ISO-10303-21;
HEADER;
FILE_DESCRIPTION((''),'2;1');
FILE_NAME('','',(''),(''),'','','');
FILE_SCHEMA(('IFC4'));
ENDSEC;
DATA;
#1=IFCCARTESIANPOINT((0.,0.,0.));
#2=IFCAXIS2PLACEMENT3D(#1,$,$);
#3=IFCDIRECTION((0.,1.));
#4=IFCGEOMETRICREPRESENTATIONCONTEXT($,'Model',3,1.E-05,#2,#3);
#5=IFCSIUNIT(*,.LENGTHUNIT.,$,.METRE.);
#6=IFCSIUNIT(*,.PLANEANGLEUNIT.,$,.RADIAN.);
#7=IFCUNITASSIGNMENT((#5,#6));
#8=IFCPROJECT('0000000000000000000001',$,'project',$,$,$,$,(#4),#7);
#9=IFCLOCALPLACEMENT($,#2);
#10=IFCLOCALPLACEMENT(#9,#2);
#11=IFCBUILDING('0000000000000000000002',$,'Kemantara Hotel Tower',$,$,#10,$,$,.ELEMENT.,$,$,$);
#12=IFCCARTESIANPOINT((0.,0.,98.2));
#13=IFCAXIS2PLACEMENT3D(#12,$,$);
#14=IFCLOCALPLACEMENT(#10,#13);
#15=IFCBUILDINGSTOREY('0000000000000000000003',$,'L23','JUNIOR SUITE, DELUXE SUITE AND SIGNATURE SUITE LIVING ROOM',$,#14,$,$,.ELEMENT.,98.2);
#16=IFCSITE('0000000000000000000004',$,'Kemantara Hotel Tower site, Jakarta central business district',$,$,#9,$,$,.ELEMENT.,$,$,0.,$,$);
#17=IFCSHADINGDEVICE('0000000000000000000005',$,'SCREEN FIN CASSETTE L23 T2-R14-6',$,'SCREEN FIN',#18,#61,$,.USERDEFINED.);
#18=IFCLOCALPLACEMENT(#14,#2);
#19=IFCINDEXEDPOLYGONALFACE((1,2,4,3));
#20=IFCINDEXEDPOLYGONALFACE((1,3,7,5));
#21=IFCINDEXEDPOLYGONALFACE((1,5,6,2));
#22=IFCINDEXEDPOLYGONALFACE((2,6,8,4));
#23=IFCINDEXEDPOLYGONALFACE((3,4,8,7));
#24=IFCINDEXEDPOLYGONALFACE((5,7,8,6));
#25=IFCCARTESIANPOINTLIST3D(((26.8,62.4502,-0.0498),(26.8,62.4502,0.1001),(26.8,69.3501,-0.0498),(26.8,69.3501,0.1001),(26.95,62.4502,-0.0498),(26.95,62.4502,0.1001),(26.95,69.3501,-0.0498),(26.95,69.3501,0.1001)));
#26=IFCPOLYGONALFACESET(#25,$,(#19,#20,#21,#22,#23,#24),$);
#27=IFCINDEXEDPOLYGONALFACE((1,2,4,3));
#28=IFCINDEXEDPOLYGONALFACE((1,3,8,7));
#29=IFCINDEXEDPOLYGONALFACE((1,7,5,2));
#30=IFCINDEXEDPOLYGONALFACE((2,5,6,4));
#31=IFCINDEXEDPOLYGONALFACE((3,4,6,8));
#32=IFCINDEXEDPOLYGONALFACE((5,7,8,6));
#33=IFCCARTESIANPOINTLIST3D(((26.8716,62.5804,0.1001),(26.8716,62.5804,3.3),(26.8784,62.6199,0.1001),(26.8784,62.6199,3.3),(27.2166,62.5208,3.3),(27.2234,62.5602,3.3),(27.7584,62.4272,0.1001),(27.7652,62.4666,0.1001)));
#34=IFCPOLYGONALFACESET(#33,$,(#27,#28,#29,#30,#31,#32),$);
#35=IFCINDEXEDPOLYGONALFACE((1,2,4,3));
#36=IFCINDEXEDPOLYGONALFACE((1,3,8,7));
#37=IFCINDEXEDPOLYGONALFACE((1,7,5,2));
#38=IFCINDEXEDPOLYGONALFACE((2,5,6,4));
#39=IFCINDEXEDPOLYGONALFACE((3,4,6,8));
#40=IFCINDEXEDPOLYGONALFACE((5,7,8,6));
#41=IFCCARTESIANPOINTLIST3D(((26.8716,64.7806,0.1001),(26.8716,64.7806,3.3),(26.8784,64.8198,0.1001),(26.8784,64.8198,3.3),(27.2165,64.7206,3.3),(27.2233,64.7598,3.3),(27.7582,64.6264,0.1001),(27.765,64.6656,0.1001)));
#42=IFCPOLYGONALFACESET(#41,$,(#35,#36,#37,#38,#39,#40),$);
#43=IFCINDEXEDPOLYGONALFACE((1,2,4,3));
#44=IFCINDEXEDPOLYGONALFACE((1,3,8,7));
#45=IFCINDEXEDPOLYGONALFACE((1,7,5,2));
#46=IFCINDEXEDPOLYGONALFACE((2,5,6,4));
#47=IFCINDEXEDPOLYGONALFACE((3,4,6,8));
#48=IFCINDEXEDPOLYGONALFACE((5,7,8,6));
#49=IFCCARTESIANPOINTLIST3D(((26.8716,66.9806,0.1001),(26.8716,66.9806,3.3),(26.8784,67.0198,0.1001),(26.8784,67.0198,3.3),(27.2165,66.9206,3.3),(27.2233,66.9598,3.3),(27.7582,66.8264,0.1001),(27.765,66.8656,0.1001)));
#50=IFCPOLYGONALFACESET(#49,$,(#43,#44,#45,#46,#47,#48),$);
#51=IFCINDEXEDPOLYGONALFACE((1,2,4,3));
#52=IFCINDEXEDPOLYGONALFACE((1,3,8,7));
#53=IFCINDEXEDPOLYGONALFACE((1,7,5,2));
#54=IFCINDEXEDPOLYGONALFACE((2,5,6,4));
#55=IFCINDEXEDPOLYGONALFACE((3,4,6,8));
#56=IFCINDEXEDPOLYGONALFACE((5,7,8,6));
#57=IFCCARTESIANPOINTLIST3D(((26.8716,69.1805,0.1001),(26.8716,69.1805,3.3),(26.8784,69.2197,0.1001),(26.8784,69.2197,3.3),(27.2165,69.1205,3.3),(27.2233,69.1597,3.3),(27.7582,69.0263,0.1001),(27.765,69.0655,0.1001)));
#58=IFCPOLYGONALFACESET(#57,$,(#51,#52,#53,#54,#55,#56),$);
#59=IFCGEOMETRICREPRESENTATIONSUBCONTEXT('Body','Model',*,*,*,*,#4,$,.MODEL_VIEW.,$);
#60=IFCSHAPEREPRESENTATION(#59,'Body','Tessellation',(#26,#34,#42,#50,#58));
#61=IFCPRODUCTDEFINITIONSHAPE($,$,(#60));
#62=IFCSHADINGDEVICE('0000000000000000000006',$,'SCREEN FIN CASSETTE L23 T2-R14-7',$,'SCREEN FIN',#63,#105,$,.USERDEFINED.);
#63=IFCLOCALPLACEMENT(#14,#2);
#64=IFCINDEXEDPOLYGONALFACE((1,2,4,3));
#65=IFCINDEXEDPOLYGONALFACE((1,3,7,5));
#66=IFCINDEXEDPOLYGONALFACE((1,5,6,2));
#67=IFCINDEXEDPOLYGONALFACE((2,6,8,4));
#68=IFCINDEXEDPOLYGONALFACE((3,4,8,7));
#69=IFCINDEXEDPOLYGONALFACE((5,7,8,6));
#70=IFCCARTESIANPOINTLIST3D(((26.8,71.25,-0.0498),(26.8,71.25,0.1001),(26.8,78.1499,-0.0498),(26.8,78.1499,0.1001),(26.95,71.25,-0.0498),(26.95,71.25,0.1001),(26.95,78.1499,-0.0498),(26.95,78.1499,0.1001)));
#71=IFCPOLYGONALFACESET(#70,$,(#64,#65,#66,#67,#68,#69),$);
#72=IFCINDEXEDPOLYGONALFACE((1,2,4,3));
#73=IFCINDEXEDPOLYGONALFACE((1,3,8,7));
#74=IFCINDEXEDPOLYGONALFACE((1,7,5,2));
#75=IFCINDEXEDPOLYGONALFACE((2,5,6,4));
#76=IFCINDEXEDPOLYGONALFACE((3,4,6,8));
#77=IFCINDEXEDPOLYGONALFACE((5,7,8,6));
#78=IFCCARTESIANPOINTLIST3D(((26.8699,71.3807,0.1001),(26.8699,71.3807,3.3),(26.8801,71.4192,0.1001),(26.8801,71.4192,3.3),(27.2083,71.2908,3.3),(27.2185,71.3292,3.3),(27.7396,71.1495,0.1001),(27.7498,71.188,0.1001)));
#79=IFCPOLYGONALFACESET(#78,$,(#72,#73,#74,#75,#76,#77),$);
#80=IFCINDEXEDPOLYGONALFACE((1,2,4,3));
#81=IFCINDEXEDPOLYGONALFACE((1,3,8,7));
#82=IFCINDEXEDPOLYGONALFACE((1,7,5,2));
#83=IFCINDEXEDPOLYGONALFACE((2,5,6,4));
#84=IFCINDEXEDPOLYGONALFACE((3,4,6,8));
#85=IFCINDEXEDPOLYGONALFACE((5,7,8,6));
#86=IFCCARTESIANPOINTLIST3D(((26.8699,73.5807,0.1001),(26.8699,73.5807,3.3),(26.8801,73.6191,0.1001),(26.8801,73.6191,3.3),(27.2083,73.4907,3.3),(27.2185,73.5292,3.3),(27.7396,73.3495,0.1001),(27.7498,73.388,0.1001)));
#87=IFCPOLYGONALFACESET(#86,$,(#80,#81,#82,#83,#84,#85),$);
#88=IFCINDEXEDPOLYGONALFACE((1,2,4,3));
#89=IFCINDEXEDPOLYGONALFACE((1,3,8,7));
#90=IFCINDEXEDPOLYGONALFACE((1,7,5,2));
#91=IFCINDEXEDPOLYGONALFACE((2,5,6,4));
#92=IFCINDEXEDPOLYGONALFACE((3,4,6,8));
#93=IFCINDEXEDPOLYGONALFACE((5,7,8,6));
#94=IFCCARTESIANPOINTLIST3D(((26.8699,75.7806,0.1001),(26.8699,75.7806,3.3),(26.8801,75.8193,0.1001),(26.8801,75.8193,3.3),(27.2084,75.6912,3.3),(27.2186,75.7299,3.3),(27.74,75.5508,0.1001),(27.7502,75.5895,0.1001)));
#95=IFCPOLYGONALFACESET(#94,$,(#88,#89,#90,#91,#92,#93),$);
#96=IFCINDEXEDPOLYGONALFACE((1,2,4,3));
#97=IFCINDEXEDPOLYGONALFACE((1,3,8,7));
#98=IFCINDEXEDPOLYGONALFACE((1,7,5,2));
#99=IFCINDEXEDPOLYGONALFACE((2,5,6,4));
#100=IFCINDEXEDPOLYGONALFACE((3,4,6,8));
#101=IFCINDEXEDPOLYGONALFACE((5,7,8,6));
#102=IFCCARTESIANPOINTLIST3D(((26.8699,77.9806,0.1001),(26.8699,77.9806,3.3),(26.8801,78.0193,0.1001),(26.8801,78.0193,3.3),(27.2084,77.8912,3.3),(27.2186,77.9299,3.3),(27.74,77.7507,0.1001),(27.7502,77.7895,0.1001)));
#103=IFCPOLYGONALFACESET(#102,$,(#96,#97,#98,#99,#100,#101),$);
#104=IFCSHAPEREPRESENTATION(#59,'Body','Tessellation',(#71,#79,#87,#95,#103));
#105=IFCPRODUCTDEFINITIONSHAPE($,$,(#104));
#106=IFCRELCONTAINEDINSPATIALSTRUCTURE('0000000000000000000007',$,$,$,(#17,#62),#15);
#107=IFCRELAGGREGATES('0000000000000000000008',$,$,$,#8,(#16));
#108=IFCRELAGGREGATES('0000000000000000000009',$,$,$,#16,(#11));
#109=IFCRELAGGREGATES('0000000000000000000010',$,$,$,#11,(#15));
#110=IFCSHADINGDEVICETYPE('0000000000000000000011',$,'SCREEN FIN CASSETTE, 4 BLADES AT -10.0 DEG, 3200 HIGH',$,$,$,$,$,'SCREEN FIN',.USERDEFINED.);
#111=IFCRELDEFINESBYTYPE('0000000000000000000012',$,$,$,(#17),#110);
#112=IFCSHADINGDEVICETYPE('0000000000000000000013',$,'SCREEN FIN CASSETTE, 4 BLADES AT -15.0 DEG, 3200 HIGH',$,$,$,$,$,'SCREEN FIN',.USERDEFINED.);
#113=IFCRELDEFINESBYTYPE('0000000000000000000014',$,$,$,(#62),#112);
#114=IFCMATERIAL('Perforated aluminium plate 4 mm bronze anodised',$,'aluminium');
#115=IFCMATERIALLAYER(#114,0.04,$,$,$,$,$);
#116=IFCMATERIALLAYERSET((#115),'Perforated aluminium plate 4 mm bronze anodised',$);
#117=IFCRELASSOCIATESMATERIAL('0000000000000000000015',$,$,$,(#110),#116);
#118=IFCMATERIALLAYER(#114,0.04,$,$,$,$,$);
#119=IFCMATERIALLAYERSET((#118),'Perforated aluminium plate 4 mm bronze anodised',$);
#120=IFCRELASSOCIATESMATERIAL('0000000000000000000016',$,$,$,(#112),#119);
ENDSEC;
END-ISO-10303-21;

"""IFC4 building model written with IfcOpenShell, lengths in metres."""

from ifc_helpers import new_model, si_unit, direction, frame, origin, origin_2d, place, context, subcontext, project, spatial, polyline, rectangle, outline, extrude, source, transform, mapped, material, layer, layer_set, type_object, element, save


model = new_model("IFC4")

# Units and contexts
model_context = context("Model", 3, precision=1e-05, world=origin(), true_north=direction((0.0, 1.0)))
body_context = subcontext(model_context, "Body", "Model", "MODEL_VIEW")
ifc_project = project(units=[si_unit("LENGTHUNIT", "METRE"), si_unit("PLANEANGLEUNIT", "RADIAN")], contexts=[model_context])

# Site, building, storey
site_placement = place(None, origin())
site = spatial("IfcSite", under=ifc_project, at=site_placement, Name="Kemantara Hotel Tower site, Jakarta central business district", CompositionType="ELEMENT", RefElevation=0.0)
building_placement = place(site_placement, origin())
building = spatial("IfcBuilding", under=site, at=building_placement, Name="Kemantara Hotel Tower", CompositionType="ELEMENT")
storey_placement = place(building_placement, frame((0.0, 0.0, 98.2)))
storey = spatial("IfcBuildingStorey", under=building, at=storey_placement, Name="L23", Description="JUNIOR SUITE, DELUXE SUITE AND SIGNATURE SUITE LIVING ROOM", CompositionType="ELEMENT", Elevation=98.2)

# Shading devices
ifc_material_1 = material(Name="Perforated aluminium plate 4 mm bronze anodised", Category="aluminium")
ifc_layer_1 = layer(ifc_material_1, 0.04)
ifc_layer_set_1 = layer_set([ifc_layer_1], Name="Perforated aluminium plate 4 mm bronze anodised")
shading_device_type_1 = type_object("IfcShadingDeviceType", Name="SCREEN FIN CASSETTE, 4 BLADES AT -10.0 DEG, 3200 HIGH", ElementType="SCREEN FIN", PredefinedType="USERDEFINED", material=ifc_layer_set_1)
shared_shape_1 = source(origin(), body_context, "Body", "SweptSolid", [
    extrude(rectangle(XDim=6.8999, YDim=0.1499, at=origin_2d()), frame((3.3, -0.075, -0.1499), z_axis=(0.0, 0.0, 1.0), x_axis=(1.0, 0.0, 0.0)), (0.0, 0.0, 1.0), 0.1499),
    extrude(outline(polyline([(0.0, 0.0), (0.8999, 0.0), (0.3501, 3.2), (0.0, 3.2), (0.0, 0.0)])), frame((0.0198, -0.0784, 0.0), z_axis=(-0.98539, 0.170314, 0.0), x_axis=(-0.170314, -0.98539, 0.0)), (0.0, 0.0, 1.0), 0.04),
    extrude(outline(polyline([(0.0, 0.0), (0.8999, 0.0), (0.3501, 3.2), (0.0, 3.2), (0.0, 0.0)])), frame((2.2197, -0.0784, 0.0), z_axis=(-0.985212, 0.171341, 0.0), x_axis=(-0.171341, -0.985212, 0.0)), (0.0, 0.0, 1.0), 0.0398),
    extrude(outline(polyline([(0.0, 0.0), (0.8999, 0.0), (0.3501, 3.2), (0.0, 3.2), (0.0, 0.0)])), frame((4.4197, -0.0784, 0.0), z_axis=(-0.985212, 0.171341, 0.0), x_axis=(-0.171341, -0.985212, 0.0)), (0.0, 0.0, 1.0), 0.0398),
    extrude(outline(polyline([(0.0, 0.0), (0.8999, 0.0), (0.3501, 3.2), (0.0, 3.2), (0.0, 0.0)])), frame((6.6196, -0.0784, 0.0), z_axis=(-0.985212, 0.171341, 0.0), x_axis=(-0.171341, -0.985212, 0.0)), (0.0, 0.0, 1.0), 0.0398),
])
shading_device_1_placement = place(storey_placement, frame((26.8, 62.6001, 0.1001), z_axis=(0.0, 0.0, 1.0), x_axis=(0.0, 1.0, 0.0)))
element("IfcShadingDevice", 1, at=shading_device_1_placement, inside=storey, type_object=shading_device_type_1, Name="SCREEN FIN CASSETTE L23 T2-R14-6", ObjectType="SCREEN FIN", PredefinedType="USERDEFINED", context=body_context, shape_type="MappedRepresentation", body=[
    mapped(shared_shape_1, transform((0.0, 0.0, 0.0))),
])
ifc_layer_2 = layer(ifc_material_1, 0.04)
ifc_layer_set_2 = layer_set([ifc_layer_2], Name="Perforated aluminium plate 4 mm bronze anodised")
shading_device_type_2 = type_object("IfcShadingDeviceType", Name="SCREEN FIN CASSETTE, 4 BLADES AT -15.0 DEG, 3200 HIGH", ElementType="SCREEN FIN", PredefinedType="USERDEFINED", material=ifc_layer_set_2)
shared_shape_2 = source(origin(), body_context, "Body", "SweptSolid", [
    extrude(rectangle(XDim=6.8999, YDim=0.1499, at=origin_2d()), frame((3.3, -0.075, -0.1499), z_axis=(0.0, 0.0, 1.0), x_axis=(1.0, 0.0, 0.0)), (0.0, 0.0, 1.0), 0.1499),
    extrude(outline(polyline([(0.0, 0.0), (0.8999, 0.0), (0.3501, 3.2), (0.0, 3.2), (0.0, 0.0)])), frame((0.0193, -0.0801, 0.0), z_axis=(-0.966438, 0.256901, 0.0), x_axis=(-0.256901, -0.966438, 0.0)), (0.0, 0.0, 1.0), 0.0398),
    extrude(outline(polyline([(0.0, 0.0), (0.8999, 0.0), (0.3501, 3.2), (0.0, 3.2), (0.0, 0.0)])), frame((2.2192, -0.0801, 0.0), z_axis=(-0.966438, 0.256901, 0.0), x_axis=(-0.256901, -0.966438, 0.0)), (0.0, 0.0, 1.0), 0.0398),
    extrude(outline(polyline([(0.0, 0.0), (0.8999, 0.0), (0.3501, 3.2), (0.0, 3.2), (0.0, 0.0)])), frame((4.4194, -0.0801, 0.0), z_axis=(-0.966838, 0.255391, 0.0), x_axis=(-0.255391, -0.966838, 0.0)), (0.0, 0.0, 1.0), 0.04),
    extrude(outline(polyline([(0.0, 0.0), (0.8999, 0.0), (0.3501, 3.2), (0.0, 3.2), (0.0, 0.0)])), frame((6.6194, -0.0801, 0.0), z_axis=(-0.966838, 0.255391, 0.0), x_axis=(-0.255391, -0.966838, 0.0)), (0.0, 0.0, 1.0), 0.04),
])
shading_device_2_placement = place(storey_placement, frame((26.8, 71.3999, 0.1001), z_axis=(0.0, 0.0, 1.0), x_axis=(0.0, 1.0, 0.0)))
element("IfcShadingDevice", 2, at=shading_device_2_placement, inside=storey, type_object=shading_device_type_2, Name="SCREEN FIN CASSETTE L23 T2-R14-7", ObjectType="SCREEN FIN", PredefinedType="USERDEFINED", context=body_context, shape_type="MappedRepresentation", body=[
    mapped(shared_shape_2, transform((0.0, 0.0, 0.0))),
])

save(model, "model.ifc")
